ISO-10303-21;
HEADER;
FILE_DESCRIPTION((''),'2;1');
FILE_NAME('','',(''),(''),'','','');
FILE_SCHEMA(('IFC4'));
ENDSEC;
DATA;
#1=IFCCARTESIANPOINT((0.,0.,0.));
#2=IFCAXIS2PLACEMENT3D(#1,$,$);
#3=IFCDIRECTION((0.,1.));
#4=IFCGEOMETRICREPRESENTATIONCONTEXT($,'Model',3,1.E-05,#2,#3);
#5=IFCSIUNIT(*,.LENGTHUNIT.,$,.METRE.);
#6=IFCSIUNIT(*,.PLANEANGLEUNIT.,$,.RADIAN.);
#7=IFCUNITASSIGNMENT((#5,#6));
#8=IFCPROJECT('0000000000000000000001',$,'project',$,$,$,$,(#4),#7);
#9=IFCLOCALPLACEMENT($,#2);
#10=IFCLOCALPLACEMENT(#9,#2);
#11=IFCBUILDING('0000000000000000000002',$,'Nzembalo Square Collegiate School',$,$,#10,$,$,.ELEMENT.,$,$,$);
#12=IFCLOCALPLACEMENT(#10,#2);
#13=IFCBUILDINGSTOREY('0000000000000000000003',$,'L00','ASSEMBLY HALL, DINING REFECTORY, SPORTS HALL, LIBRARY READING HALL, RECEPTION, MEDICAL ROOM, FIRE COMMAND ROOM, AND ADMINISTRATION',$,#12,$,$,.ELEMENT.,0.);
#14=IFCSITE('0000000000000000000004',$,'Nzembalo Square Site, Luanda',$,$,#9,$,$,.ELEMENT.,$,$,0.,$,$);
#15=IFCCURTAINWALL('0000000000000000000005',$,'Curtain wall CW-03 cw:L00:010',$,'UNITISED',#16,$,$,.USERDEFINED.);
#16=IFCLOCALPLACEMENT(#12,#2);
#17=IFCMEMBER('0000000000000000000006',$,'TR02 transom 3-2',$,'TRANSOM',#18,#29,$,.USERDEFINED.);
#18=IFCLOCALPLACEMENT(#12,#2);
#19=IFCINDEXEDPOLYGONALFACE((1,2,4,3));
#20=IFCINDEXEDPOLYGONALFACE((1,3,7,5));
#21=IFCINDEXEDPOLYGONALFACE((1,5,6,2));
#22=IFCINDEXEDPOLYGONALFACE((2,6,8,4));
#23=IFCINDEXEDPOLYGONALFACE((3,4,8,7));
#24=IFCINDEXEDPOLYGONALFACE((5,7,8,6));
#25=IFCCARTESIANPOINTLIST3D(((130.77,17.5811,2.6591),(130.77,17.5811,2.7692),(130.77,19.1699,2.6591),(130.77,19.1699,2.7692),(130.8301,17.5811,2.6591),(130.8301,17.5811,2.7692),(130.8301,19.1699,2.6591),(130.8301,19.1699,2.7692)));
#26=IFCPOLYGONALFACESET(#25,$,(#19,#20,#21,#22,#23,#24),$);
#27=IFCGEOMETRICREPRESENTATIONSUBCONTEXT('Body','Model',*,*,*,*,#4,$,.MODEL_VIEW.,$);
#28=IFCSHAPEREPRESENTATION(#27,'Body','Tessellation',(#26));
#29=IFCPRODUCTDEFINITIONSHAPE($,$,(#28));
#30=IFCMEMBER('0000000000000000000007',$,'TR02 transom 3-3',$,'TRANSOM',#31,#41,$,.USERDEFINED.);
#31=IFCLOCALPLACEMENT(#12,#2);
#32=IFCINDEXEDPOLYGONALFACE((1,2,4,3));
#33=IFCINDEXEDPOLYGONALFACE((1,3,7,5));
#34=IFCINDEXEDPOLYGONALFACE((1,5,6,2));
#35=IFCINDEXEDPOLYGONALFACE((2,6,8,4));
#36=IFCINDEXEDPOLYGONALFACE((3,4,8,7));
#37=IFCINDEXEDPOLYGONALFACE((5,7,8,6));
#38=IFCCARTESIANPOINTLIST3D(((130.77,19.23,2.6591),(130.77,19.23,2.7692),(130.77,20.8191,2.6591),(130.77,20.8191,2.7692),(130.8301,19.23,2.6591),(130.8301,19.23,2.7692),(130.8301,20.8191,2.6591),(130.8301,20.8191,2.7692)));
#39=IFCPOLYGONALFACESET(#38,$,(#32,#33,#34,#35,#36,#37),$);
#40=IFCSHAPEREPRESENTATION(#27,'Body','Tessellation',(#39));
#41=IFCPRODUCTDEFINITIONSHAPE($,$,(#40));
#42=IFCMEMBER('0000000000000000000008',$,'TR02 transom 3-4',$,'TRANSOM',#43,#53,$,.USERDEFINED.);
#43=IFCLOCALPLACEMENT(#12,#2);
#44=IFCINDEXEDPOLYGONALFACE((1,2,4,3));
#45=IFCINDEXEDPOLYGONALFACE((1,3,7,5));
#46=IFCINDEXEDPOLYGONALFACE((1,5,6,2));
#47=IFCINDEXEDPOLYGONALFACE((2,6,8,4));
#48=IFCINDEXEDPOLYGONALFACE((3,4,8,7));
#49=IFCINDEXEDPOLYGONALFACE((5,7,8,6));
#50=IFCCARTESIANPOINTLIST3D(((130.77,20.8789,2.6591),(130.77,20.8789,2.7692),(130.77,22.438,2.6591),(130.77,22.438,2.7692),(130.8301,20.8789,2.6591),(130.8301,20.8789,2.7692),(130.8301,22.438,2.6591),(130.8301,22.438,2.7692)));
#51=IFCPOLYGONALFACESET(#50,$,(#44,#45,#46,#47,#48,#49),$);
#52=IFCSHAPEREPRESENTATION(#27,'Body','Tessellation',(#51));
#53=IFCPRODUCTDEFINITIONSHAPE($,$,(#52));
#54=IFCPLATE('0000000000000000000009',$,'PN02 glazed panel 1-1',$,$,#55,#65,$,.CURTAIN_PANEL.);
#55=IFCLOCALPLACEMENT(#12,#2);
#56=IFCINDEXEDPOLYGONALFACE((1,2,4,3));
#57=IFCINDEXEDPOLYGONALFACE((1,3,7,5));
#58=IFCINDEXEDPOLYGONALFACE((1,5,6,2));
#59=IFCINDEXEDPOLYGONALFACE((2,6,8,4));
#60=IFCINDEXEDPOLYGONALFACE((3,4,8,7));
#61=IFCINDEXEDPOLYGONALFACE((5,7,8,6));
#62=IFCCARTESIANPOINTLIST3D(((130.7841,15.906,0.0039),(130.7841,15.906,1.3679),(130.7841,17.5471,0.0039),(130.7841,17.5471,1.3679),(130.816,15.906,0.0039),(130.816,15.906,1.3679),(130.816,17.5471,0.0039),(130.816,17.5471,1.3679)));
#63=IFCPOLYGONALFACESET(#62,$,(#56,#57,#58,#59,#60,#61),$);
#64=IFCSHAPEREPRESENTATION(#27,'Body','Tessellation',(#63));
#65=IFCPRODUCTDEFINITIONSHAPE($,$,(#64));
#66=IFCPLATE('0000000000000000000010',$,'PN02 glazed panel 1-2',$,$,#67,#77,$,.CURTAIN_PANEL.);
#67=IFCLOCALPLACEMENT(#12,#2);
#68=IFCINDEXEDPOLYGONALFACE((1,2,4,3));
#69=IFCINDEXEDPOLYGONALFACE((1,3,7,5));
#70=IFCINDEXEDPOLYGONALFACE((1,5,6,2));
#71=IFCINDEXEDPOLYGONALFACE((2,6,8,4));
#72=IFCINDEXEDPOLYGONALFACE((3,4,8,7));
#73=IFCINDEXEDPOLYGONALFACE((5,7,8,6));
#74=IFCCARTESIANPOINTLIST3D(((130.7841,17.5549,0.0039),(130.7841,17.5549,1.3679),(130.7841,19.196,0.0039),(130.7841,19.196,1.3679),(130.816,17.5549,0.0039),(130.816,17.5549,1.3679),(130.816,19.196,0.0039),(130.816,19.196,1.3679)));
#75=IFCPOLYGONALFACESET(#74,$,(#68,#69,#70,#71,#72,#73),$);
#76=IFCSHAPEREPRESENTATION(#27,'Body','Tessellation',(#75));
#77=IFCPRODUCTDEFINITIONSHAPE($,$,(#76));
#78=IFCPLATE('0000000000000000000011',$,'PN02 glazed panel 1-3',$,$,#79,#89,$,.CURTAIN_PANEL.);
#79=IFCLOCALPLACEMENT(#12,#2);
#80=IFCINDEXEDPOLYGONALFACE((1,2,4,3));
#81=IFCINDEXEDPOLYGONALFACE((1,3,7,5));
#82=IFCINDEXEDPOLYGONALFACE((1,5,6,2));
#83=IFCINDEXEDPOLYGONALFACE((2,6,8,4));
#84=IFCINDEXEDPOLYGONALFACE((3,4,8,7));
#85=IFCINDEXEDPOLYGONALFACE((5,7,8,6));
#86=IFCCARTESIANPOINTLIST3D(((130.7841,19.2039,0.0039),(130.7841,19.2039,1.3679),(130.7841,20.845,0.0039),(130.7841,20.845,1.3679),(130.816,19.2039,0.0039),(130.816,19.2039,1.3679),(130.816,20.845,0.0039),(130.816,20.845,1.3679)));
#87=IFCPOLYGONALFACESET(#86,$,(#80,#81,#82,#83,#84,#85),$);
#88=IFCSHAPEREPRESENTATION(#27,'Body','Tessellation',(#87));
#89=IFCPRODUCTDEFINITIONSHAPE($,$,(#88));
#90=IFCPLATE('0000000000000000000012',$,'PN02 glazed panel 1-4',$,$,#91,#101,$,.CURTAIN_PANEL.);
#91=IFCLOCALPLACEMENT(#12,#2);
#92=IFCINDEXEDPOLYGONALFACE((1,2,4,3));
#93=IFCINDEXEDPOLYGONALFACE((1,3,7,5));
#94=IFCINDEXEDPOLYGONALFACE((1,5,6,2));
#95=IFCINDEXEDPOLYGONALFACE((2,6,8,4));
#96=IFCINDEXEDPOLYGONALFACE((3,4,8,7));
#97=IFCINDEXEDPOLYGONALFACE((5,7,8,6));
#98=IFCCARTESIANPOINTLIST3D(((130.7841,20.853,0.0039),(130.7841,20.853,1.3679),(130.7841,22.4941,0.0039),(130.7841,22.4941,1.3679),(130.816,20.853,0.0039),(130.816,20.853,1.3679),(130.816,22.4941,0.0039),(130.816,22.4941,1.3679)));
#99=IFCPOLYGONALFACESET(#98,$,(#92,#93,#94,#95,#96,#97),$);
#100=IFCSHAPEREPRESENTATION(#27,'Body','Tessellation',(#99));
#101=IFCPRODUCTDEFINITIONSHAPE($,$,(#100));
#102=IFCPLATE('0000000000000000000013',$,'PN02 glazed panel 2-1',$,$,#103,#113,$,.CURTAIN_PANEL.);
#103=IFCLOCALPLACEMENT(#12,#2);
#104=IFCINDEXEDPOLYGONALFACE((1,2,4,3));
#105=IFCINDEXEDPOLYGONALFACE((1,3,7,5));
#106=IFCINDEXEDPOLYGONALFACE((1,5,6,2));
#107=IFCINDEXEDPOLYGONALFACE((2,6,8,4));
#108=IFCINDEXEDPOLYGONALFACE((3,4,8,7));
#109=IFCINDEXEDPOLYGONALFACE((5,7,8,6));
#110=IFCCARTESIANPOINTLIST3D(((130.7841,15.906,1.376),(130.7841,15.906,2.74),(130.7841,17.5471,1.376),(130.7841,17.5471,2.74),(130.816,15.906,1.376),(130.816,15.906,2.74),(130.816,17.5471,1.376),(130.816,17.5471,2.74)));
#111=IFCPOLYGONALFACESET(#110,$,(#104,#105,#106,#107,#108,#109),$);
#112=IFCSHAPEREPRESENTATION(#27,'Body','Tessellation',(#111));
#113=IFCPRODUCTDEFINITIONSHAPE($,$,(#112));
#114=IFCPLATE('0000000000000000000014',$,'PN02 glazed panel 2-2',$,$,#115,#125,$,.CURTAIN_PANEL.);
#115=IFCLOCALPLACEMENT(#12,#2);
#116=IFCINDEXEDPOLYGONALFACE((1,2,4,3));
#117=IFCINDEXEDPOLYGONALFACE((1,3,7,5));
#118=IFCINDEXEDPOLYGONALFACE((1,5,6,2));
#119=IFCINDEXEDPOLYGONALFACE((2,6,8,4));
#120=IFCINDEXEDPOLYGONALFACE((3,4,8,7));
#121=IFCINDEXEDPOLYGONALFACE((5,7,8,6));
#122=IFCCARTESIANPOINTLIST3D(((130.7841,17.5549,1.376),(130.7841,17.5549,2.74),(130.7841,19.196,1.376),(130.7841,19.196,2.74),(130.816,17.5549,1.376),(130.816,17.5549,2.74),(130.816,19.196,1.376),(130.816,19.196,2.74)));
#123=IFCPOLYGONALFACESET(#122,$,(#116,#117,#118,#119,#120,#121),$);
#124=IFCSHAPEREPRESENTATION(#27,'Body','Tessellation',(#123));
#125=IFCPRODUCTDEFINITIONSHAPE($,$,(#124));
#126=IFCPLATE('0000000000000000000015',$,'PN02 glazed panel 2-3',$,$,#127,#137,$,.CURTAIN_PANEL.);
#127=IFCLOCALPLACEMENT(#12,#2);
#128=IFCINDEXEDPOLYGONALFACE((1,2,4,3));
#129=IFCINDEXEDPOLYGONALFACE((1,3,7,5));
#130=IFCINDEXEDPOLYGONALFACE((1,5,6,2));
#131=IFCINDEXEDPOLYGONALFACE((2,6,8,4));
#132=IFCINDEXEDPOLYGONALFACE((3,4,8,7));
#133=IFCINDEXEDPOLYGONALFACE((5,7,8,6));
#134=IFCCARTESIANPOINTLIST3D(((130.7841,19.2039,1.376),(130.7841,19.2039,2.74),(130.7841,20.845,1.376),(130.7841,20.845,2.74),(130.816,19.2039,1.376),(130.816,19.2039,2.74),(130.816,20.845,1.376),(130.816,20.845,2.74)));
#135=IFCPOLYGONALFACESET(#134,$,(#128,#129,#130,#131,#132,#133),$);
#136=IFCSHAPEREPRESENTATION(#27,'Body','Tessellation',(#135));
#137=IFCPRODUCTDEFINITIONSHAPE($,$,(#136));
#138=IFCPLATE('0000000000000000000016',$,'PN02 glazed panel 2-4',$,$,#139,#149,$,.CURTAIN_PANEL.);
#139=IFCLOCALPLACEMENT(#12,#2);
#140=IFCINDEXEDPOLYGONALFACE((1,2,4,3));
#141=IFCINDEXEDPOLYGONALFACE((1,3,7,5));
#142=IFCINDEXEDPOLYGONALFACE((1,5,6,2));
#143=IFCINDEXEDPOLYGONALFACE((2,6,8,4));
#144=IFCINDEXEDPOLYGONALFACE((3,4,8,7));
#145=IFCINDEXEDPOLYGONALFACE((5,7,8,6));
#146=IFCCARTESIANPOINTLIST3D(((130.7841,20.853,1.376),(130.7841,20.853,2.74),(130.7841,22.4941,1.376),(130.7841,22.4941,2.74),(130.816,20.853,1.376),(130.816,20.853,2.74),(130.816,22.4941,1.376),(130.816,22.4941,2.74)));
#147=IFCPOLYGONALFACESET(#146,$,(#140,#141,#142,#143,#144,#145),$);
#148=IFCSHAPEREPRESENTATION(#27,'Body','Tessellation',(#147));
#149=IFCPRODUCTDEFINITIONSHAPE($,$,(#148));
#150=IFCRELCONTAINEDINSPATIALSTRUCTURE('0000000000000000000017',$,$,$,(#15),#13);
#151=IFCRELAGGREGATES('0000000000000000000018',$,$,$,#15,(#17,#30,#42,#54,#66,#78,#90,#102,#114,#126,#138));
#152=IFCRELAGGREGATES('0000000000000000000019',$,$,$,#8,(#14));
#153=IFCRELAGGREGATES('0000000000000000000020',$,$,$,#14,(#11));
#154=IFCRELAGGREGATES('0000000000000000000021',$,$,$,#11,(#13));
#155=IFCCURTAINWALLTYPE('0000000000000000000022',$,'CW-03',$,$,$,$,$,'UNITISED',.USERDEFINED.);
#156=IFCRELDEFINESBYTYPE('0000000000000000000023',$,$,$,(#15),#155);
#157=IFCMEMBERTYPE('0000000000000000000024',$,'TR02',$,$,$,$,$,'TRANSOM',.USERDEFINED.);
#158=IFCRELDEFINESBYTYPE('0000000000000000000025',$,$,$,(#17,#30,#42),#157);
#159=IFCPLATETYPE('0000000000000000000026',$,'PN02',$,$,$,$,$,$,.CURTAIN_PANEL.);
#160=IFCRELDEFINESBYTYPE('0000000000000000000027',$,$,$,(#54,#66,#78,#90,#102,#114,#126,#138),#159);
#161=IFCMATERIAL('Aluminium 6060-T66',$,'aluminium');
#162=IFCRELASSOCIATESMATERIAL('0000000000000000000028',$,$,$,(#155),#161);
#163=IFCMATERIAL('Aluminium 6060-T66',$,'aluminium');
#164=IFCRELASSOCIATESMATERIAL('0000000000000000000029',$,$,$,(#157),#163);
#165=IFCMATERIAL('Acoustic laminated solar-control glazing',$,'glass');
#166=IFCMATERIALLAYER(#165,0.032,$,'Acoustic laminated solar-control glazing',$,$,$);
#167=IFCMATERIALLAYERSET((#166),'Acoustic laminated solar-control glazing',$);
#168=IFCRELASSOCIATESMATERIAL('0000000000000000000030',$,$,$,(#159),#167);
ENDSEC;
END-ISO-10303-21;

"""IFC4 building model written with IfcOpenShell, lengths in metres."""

from ifc_helpers import new_model, si_unit, direction, frame, origin, origin_2d, place, context, subcontext, project, spatial, rectangle, extrude, material, layer, layer_set, material_profile, profile_set, type_object, element, aggregate, save


model = new_model("IFC4")

# Units and contexts
model_context = context("Model", 3, precision=1e-05, world=origin(), true_north=direction((0.0, 1.0)))
body_context = subcontext(model_context, "Body", "Model", "MODEL_VIEW")
ifc_project = project(units=[si_unit("LENGTHUNIT", "METRE"), si_unit("PLANEANGLEUNIT", "RADIAN")], contexts=[model_context])

# Site, building, storey
site_placement = place(None, origin())
site = spatial("IfcSite", under=ifc_project, at=site_placement, Name="Nzembalo Square Site, Luanda", CompositionType="ELEMENT", RefElevation=0.0)
building_placement = place(site_placement, origin())
building = spatial("IfcBuilding", under=site, at=building_placement, Name="Nzembalo Square Collegiate School", CompositionType="ELEMENT")
storey_placement = place(building_placement, origin())
storey = spatial("IfcBuildingStorey", under=building, at=storey_placement, Name="L00", Description="ASSEMBLY HALL, DINING REFECTORY, SPORTS HALL, LIBRARY READING HALL, RECEPTION, MEDICAL ROOM, FIRE COMMAND ROOM, AND ADMINISTRATION", CompositionType="ELEMENT", Elevation=0.0)

# Curtain wall, members, plates
ifc_material_1 = material(Name="Aluminium 6060-T66", Category="aluminium")
curtain_wall_type = type_object("IfcCurtainWallType", Name="CW-03", ElementType="UNITISED", PredefinedType="USERDEFINED", material=ifc_material_1)
curtain_wall_placement = place(storey_placement, origin())
curtain_wall = element("IfcCurtainWall", 1, at=curtain_wall_placement, inside=storey, type_object=curtain_wall_type, Name="Curtain wall CW-03 cw:L00:010", ObjectType="UNITISED", PredefinedType="USERDEFINED")
ifc_material_2 = material(Name="Aluminium 6060-T66", Category="aluminium")
ifc_material_profile_1 = material_profile(ifc_material_2, rectangle(XDim=0.0601, YDim=0.1101, at=origin_2d()), Name="ALU T60x110")
ifc_profile_set_1 = profile_set([ifc_material_profile_1], Name="Aluminium 6060-T66")
member_type_1 = type_object("IfcMemberType", Name="TR02", ElementType="TRANSOM", PredefinedType="USERDEFINED", material=ifc_profile_set_1)
member_1_placement = place(storey_placement, frame((130.8, 17.5811, 2.7141), z_axis=(0.0, 1.0, 0.0), x_axis=(-1.0, 0.0, 0.0)))
member_1 = element("IfcMember", 2, at=member_1_placement, type_object=member_type_1, Name="TR02 transom 3-2", ObjectType="TRANSOM", PredefinedType="USERDEFINED", context=body_context, shape_type="SweptSolid", body=[
    extrude(rectangle(XDim=0.0601, YDim=0.1101, at=origin_2d()), origin(), (0.0, 0.0, 1.0), 1.5889),
])
member_2_placement = place(storey_placement, frame((130.8, 19.23, 2.7141), z_axis=(0.0, 1.0, 0.0), x_axis=(-1.0, 0.0, 0.0)))
member_2 = element("IfcMember", 3, at=member_2_placement, type_object=member_type_1, Name="TR02 transom 3-3", ObjectType="TRANSOM", PredefinedType="USERDEFINED", context=body_context, shape_type="SweptSolid", body=[
    extrude(rectangle(XDim=0.0601, YDim=0.1101, at=origin_2d()), origin(), (0.0, 0.0, 1.0), 1.5891),
])
member_3_placement = place(storey_placement, frame((130.8, 20.8789, 2.7141), z_axis=(0.0, 1.0, 0.0), x_axis=(-1.0, 0.0, 0.0)))
member_3 = element("IfcMember", 4, at=member_3_placement, type_object=member_type_1, Name="TR02 transom 3-4", ObjectType="TRANSOM", PredefinedType="USERDEFINED", context=body_context, shape_type="SweptSolid", body=[
    extrude(rectangle(XDim=0.0601, YDim=0.1101, at=origin_2d()), origin(), (0.0, 0.0, 1.0), 1.5591),
])
ifc_material_3 = material(Name="Acoustic laminated solar-control glazing", Category="glass")
ifc_layer = layer(ifc_material_3, 0.032, Name="Acoustic laminated solar-control glazing")
ifc_layer_set = layer_set([ifc_layer], Name="Acoustic laminated solar-control glazing")
plate_type = type_object("IfcPlateType", Name="PN02", PredefinedType="CURTAIN_PANEL", material=ifc_layer_set)
plate_1_placement = place(storey_placement, frame((130.8, 16.7266, 0.0039), z_axis=(0.0, 0.0, 1.0), x_axis=(0.0, 1.0, 0.0)))
plate_1 = element("IfcPlate", 5, at=plate_1_placement, type_object=plate_type, Name="PN02 glazed panel 1-1", PredefinedType="CURTAIN_PANEL", context=body_context, shape_type="SweptSolid", body=[
    extrude(rectangle(XDim=1.6411, YDim=0.032, at=origin_2d()), origin(), (0.0, 0.0, 1.0), 1.364),
])
plate_2_placement = place(storey_placement, frame((130.8, 18.3755, 0.0039), z_axis=(0.0, 0.0, 1.0), x_axis=(0.0, 1.0, 0.0)))
plate_2 = element("IfcPlate", 6, at=plate_2_placement, type_object=plate_type, Name="PN02 glazed panel 1-2", PredefinedType="CURTAIN_PANEL", context=body_context, shape_type="SweptSolid", body=[
    extrude(rectangle(XDim=1.6411, YDim=0.032, at=origin_2d()), origin(), (0.0, 0.0, 1.0), 1.364),
])
plate_3_placement = place(storey_placement, frame((130.8, 20.0244, 0.0039), z_axis=(0.0, 0.0, 1.0), x_axis=(0.0, 1.0, 0.0)))
plate_3 = element("IfcPlate", 7, at=plate_3_placement, type_object=plate_type, Name="PN02 glazed panel 1-3", PredefinedType="CURTAIN_PANEL", context=body_context, shape_type="SweptSolid", body=[
    extrude(rectangle(XDim=1.6411, YDim=0.032, at=origin_2d()), origin(), (0.0, 0.0, 1.0), 1.364),
])
plate_4_placement = place(storey_placement, frame((130.8, 21.6736, 0.0039), z_axis=(0.0, 0.0, 1.0), x_axis=(0.0, 1.0, 0.0)))
plate_4 = element("IfcPlate", 8, at=plate_4_placement, type_object=plate_type, Name="PN02 glazed panel 1-4", PredefinedType="CURTAIN_PANEL", context=body_context, shape_type="SweptSolid", body=[
    extrude(rectangle(XDim=1.6411, YDim=0.032, at=origin_2d()), origin(), (0.0, 0.0, 1.0), 1.364),
])
plate_5_placement = place(storey_placement, frame((130.8, 16.7266, 1.376), z_axis=(0.0, 0.0, 1.0), x_axis=(0.0, 1.0, 0.0)))
plate_5 = element("IfcPlate", 9, at=plate_5_placement, type_object=plate_type, Name="PN02 glazed panel 2-1", PredefinedType="CURTAIN_PANEL", context=body_context, shape_type="SweptSolid", body=[
    extrude(rectangle(XDim=1.6411, YDim=0.032, at=origin_2d()), origin(), (0.0, 0.0, 1.0), 1.364),
])
plate_6_placement = place(storey_placement, frame((130.8, 18.3755, 1.376), z_axis=(0.0, 0.0, 1.0), x_axis=(0.0, 1.0, 0.0)))
plate_6 = element("IfcPlate", 10, at=plate_6_placement, type_object=plate_type, Name="PN02 glazed panel 2-2", PredefinedType="CURTAIN_PANEL", context=body_context, shape_type="SweptSolid", body=[
    extrude(rectangle(XDim=1.6411, YDim=0.032, at=origin_2d()), origin(), (0.0, 0.0, 1.0), 1.364),
])
plate_7_placement = place(storey_placement, frame((130.8, 20.0244, 1.376), z_axis=(0.0, 0.0, 1.0), x_axis=(0.0, 1.0, 0.0)))
plate_7 = element("IfcPlate", 11, at=plate_7_placement, type_object=plate_type, Name="PN02 glazed panel 2-3", PredefinedType="CURTAIN_PANEL", context=body_context, shape_type="SweptSolid", body=[
    extrude(rectangle(XDim=1.6411, YDim=0.032, at=origin_2d()), origin(), (0.0, 0.0, 1.0), 1.364),
])
plate_8_placement = place(storey_placement, frame((130.8, 21.6736, 1.376), z_axis=(0.0, 0.0, 1.0), x_axis=(0.0, 1.0, 0.0)))
plate_8 = element("IfcPlate", 12, at=plate_8_placement, type_object=plate_type, Name="PN02 glazed panel 2-4", PredefinedType="CURTAIN_PANEL", context=body_context, shape_type="SweptSolid", body=[
    extrude(rectangle(XDim=1.6411, YDim=0.032, at=origin_2d()), origin(), (0.0, 0.0, 1.0), 1.364),
])
aggregate(curtain_wall, [member_1, member_2, member_3, plate_1, plate_2, plate_3, plate_4, plate_5, plate_6, plate_7, plate_8])

save(model, "model.ifc")
